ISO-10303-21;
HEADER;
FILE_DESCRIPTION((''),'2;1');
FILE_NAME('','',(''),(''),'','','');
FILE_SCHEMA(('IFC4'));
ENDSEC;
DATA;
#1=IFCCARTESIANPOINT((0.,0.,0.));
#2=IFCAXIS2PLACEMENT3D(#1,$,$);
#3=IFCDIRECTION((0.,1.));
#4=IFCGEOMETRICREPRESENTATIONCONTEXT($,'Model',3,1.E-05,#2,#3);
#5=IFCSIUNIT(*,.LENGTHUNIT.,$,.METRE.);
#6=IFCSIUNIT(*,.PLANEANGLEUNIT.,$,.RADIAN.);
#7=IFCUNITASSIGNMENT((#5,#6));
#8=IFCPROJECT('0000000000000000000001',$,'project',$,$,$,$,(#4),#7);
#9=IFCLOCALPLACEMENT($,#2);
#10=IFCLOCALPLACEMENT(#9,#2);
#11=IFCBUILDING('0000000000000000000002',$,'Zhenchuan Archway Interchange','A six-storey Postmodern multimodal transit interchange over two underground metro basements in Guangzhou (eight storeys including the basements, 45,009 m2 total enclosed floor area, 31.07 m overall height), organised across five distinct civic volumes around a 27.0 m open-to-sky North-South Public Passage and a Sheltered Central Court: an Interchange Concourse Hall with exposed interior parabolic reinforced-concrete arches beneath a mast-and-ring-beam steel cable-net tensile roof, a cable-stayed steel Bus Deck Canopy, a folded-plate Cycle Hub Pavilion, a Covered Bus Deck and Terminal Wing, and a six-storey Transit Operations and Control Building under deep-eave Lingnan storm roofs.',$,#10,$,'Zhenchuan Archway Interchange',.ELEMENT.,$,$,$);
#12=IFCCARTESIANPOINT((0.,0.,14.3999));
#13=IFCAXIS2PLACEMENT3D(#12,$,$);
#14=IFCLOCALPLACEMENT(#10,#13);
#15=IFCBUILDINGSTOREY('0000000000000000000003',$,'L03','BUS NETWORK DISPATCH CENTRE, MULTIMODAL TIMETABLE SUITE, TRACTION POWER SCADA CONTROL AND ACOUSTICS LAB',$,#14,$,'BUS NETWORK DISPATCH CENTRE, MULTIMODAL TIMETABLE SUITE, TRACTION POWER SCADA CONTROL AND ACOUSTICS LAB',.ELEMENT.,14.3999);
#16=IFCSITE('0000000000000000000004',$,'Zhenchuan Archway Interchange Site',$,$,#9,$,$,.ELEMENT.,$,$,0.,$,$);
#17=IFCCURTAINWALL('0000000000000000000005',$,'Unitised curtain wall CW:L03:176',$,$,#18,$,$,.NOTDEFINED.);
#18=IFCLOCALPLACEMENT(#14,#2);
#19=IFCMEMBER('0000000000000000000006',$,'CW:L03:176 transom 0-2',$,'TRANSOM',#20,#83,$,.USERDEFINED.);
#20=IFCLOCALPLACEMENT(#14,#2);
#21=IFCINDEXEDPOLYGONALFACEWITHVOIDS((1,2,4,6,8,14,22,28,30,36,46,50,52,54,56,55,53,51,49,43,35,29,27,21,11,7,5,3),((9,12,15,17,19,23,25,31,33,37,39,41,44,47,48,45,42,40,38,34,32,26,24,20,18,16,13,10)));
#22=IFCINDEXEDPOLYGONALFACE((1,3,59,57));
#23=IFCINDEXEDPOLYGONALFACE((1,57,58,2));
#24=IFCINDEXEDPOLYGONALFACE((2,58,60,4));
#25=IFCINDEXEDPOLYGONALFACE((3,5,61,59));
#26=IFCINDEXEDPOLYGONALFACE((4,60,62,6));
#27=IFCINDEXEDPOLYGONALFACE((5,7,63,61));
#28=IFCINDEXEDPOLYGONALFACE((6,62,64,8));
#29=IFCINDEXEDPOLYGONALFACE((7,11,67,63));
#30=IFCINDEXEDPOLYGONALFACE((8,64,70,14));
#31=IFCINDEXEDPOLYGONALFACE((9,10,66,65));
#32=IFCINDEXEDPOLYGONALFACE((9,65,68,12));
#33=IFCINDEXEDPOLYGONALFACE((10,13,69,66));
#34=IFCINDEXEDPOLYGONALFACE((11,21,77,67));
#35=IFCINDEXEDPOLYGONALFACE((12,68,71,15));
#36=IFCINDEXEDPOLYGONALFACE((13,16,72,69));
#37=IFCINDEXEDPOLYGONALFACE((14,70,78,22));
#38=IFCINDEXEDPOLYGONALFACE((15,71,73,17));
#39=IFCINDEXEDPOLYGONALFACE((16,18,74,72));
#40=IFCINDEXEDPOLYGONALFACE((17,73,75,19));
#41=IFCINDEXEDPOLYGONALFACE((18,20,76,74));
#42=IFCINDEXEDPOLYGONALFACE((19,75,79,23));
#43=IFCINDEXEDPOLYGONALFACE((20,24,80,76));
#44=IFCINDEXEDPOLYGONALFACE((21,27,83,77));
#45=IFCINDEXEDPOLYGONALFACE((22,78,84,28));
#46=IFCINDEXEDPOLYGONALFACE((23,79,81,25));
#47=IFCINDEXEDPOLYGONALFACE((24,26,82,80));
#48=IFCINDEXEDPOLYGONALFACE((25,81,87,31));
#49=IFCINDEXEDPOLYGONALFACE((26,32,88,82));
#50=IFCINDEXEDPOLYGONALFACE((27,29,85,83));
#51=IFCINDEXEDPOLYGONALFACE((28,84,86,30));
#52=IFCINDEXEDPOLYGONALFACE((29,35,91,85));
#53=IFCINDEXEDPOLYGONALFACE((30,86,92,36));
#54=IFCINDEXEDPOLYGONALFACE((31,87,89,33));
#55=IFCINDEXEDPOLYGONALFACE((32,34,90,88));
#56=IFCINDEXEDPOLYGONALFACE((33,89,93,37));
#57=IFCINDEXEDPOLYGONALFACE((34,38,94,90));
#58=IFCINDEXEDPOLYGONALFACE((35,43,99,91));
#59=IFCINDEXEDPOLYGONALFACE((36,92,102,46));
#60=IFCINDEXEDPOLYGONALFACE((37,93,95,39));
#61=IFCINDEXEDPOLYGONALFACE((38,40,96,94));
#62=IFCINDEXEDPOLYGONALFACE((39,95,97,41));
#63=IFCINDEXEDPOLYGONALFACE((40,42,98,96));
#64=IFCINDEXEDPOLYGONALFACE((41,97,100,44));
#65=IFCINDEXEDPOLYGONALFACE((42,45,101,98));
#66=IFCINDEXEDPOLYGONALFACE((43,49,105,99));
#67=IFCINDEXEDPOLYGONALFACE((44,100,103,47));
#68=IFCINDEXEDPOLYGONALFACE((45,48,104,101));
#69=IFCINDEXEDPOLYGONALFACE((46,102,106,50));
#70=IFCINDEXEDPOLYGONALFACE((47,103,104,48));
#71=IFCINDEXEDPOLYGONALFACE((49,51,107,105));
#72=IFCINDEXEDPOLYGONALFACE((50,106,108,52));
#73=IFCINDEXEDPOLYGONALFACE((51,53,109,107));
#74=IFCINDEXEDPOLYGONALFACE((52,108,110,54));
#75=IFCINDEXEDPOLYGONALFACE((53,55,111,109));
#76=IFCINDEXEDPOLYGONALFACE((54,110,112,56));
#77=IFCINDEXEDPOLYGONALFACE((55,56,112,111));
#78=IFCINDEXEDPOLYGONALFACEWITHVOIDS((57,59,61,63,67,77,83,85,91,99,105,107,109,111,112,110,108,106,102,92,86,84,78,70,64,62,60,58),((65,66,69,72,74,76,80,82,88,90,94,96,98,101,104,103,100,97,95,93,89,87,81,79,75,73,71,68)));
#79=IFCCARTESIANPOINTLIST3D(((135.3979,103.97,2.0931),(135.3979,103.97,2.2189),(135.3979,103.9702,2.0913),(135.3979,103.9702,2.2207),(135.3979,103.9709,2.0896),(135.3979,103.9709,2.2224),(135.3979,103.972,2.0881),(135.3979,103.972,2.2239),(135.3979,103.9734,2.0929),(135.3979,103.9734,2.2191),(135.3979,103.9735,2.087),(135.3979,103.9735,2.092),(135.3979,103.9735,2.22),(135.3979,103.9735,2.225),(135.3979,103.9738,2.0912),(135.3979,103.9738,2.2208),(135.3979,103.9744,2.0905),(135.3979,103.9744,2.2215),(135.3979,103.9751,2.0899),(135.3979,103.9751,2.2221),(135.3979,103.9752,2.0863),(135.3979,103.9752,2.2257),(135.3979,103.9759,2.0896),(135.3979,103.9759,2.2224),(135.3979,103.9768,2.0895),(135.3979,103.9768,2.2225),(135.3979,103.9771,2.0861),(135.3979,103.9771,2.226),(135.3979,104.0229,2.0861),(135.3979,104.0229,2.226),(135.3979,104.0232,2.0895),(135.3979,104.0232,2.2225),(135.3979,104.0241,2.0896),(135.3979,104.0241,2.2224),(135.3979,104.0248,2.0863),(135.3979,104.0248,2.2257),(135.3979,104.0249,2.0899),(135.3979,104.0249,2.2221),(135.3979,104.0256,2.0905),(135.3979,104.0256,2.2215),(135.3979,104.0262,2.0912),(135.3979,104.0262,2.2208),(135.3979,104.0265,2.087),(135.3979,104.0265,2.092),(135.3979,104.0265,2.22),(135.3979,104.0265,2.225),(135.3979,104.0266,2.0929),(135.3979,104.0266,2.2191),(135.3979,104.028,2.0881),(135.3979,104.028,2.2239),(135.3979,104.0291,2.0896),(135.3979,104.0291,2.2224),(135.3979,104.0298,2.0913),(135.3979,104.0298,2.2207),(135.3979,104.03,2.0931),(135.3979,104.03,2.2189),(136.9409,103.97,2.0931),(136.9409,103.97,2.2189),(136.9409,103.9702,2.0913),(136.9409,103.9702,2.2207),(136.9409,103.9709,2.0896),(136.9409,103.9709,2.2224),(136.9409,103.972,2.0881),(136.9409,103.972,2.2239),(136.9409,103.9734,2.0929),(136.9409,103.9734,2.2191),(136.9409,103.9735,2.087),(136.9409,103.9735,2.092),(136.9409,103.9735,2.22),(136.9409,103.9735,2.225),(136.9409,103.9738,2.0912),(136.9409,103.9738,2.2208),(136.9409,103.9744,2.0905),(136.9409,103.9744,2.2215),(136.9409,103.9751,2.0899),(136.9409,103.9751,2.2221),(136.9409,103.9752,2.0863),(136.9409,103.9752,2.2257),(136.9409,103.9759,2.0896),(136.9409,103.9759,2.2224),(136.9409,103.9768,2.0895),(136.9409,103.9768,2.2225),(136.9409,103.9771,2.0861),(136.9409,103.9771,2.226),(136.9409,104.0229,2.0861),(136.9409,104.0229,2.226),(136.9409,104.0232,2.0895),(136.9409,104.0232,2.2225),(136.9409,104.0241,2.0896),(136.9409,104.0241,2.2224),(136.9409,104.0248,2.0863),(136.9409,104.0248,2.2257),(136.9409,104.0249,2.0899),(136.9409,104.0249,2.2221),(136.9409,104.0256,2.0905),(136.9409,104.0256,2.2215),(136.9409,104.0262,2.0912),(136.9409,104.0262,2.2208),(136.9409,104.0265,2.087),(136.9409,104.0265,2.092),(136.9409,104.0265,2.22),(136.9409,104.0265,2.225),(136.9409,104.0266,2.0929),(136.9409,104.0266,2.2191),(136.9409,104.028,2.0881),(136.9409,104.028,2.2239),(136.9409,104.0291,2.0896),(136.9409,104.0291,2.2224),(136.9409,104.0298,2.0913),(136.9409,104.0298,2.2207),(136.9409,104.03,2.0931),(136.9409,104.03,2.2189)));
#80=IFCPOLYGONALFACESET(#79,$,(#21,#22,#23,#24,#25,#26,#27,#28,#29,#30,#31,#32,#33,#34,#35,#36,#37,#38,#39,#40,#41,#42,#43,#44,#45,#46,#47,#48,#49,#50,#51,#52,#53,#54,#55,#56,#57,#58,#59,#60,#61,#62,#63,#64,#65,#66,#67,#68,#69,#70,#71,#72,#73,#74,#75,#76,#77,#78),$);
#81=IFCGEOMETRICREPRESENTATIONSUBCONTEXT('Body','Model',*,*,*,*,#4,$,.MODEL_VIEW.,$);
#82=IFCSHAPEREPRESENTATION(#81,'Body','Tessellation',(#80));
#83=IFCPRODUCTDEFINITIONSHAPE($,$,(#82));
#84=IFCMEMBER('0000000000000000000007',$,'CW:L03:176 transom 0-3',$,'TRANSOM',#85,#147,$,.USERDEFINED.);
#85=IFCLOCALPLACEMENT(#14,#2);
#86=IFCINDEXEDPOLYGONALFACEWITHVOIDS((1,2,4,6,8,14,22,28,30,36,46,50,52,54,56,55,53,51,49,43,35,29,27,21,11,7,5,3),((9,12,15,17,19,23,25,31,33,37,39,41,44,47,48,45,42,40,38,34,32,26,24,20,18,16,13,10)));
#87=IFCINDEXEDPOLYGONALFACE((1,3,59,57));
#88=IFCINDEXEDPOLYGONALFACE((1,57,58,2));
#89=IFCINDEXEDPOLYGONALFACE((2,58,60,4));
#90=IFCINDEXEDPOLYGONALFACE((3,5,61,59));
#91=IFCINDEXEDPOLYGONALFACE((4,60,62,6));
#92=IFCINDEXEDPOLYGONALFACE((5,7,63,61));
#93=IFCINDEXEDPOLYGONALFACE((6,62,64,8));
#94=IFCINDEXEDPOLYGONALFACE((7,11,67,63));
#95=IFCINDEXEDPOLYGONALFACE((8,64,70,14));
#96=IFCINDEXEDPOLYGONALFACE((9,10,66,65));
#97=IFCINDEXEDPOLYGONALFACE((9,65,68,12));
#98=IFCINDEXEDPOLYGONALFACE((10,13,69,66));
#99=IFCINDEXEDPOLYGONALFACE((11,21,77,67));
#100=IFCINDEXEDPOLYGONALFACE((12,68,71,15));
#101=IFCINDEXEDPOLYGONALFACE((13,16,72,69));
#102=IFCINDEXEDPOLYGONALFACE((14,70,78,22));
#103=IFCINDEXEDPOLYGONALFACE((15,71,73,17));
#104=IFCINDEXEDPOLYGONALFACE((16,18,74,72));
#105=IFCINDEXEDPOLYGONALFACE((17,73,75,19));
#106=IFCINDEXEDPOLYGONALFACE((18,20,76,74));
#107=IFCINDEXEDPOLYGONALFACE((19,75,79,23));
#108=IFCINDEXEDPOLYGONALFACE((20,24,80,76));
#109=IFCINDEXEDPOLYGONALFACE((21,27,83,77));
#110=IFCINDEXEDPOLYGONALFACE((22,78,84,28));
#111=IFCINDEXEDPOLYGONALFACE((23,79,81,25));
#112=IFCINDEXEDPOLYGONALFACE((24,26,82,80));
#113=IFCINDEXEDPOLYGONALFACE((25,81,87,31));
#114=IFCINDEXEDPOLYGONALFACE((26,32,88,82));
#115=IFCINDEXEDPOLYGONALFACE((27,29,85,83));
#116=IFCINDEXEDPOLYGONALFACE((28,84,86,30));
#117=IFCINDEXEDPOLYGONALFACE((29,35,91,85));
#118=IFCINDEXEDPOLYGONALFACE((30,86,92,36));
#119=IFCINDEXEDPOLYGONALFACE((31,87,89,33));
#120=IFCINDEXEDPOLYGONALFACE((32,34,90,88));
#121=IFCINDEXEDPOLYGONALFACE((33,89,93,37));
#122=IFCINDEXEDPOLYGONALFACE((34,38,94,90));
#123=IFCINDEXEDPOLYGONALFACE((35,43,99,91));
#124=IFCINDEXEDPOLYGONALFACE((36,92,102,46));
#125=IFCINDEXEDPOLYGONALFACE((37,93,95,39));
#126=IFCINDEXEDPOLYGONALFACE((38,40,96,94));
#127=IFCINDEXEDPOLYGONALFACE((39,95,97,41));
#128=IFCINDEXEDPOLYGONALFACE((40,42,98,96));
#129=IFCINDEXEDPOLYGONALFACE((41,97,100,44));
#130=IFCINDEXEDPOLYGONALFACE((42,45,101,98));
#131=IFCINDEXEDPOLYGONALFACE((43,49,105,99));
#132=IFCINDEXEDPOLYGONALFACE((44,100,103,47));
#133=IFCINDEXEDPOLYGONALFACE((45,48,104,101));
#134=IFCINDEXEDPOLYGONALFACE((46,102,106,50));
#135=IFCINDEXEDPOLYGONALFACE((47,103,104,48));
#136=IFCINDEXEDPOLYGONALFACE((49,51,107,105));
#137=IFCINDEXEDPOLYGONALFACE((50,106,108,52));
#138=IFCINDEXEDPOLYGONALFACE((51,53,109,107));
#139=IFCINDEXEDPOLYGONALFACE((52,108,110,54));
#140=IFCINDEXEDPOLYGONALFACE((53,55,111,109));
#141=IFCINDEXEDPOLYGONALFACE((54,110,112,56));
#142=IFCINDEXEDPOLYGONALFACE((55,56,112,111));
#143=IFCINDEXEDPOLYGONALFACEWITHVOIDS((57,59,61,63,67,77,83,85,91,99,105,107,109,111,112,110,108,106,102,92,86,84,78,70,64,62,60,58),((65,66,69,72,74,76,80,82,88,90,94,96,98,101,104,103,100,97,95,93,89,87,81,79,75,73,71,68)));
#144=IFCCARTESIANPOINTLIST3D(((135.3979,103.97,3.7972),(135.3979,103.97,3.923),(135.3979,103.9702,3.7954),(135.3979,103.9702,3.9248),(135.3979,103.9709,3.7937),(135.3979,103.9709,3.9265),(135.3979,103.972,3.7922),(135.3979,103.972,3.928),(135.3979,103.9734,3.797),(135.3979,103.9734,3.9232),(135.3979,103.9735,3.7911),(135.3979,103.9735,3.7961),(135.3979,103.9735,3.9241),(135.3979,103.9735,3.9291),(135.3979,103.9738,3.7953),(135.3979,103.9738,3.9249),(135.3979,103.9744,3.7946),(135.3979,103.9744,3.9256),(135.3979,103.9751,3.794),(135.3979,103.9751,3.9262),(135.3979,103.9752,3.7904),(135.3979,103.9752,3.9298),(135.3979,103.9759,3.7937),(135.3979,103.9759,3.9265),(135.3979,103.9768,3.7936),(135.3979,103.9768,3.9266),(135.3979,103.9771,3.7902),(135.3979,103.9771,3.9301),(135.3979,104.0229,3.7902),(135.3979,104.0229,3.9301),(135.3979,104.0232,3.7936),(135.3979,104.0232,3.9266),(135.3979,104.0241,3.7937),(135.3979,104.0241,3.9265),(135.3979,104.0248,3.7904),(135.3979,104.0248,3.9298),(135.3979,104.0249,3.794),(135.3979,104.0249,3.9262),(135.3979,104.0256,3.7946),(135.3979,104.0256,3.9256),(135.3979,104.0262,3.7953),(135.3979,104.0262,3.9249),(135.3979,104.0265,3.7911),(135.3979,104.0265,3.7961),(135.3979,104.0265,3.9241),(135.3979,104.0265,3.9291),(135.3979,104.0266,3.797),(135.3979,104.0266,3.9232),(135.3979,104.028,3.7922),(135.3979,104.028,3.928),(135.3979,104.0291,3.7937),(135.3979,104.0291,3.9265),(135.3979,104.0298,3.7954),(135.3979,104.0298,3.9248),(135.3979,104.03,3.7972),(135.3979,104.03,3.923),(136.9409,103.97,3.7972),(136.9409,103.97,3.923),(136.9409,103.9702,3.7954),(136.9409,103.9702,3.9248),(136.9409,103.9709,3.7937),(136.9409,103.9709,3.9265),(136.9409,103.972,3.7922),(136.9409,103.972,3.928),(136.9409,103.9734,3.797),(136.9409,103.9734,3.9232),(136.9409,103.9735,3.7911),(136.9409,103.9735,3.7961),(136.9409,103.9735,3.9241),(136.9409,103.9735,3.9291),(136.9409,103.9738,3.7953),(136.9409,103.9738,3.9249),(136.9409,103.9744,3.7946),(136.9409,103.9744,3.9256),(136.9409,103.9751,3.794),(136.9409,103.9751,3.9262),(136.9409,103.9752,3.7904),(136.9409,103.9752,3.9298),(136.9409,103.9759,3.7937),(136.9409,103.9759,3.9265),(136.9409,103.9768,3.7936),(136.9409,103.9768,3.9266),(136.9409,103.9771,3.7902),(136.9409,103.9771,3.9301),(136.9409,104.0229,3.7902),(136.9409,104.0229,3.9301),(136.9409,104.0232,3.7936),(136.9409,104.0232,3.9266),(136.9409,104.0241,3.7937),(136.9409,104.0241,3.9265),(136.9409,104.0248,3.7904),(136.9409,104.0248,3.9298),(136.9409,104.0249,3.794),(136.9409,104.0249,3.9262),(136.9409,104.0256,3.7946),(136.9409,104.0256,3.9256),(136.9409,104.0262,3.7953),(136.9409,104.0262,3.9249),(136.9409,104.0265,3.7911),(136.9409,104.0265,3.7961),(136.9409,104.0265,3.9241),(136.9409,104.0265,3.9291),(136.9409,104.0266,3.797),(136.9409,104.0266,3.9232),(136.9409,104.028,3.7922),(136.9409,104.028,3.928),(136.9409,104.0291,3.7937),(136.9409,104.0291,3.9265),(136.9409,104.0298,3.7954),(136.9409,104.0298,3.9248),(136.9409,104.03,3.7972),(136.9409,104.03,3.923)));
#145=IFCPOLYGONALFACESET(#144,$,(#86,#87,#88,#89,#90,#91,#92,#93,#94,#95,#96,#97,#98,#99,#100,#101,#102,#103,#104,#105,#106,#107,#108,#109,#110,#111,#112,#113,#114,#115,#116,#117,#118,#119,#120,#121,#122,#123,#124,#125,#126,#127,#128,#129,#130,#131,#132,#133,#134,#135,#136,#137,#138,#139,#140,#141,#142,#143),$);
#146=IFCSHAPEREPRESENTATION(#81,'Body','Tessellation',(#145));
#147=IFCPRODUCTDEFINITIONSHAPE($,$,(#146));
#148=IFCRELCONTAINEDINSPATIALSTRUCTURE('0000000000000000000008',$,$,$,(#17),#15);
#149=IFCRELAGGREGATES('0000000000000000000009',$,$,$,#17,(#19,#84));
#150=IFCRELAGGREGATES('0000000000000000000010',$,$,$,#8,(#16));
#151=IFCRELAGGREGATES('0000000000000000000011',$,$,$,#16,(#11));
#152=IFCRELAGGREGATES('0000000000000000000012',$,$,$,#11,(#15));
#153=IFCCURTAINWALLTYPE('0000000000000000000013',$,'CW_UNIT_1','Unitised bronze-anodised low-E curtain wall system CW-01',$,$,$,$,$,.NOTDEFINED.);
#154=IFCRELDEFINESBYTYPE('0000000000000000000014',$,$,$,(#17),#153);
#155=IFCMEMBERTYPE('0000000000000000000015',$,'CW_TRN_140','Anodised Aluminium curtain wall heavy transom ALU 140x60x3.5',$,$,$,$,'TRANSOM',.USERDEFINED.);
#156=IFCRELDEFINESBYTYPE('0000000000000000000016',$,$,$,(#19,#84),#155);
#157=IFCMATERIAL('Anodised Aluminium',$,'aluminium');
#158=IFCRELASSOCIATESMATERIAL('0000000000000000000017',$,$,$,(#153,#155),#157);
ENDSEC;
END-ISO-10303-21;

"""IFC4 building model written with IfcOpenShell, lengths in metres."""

from ifc_helpers import new_model, si_unit, direction, frame, origin, origin_2d, place, context, subcontext, project, spatial, hollow_rectangle, extrude, material, material_profile, profile_set, type_object, element, aggregate, save


model = new_model("IFC4")

# Units and contexts
model_context = context("Model", 3, precision=1e-05, world=origin(), true_north=direction((0.0, 1.0)))
body_context = subcontext(model_context, "Body", "Model", "MODEL_VIEW")
ifc_project = project(units=[si_unit("LENGTHUNIT", "METRE"), si_unit("PLANEANGLEUNIT", "RADIAN")], contexts=[model_context])

# Site, building, storey
site_placement = place(None, origin())
site = spatial("IfcSite", under=ifc_project, at=site_placement, Name="Zhenchuan Archway Interchange Site", CompositionType="ELEMENT", RefElevation=0.0)
building_placement = place(site_placement, origin())
building = spatial("IfcBuilding", under=site, at=building_placement, Name="Zhenchuan Archway Interchange", Description="A six-storey Postmodern multimodal transit interchange over two underground metro basements in Guangzhou (eight storeys including the basements, 45,009 m2 total enclosed floor area, 31.07 m overall height), organised across five distinct civic volumes around a 27.0 m open-to-sky North-South Public Passage and a Sheltered Central Court: an Interchange Concourse Hall with exposed interior parabolic reinforced-concrete arches beneath a mast-and-ring-beam steel cable-net tensile roof, a cable-stayed steel Bus Deck Canopy, a folded-plate Cycle Hub Pavilion, a Covered Bus Deck and Terminal Wing, and a six-storey Transit Operations and Control Building under deep-eave Lingnan storm roofs.", LongName="Zhenchuan Archway Interchange", CompositionType="ELEMENT")
storey_placement = place(building_placement, frame((0.0, 0.0, 14.3999)))
storey = spatial("IfcBuildingStorey", under=building, at=storey_placement, Name="L03", Description="BUS NETWORK DISPATCH CENTRE, MULTIMODAL TIMETABLE SUITE, TRACTION POWER SCADA CONTROL AND ACOUSTICS LAB", LongName="BUS NETWORK DISPATCH CENTRE, MULTIMODAL TIMETABLE SUITE, TRACTION POWER SCADA CONTROL AND ACOUSTICS LAB", CompositionType="ELEMENT", Elevation=14.3999)

# Curtain wall, members
ifc_material_1 = material(Name="Anodised Aluminium", Category="aluminium")
curtain_wall_type = type_object("IfcCurtainWallType", Name="CW_UNIT_1", Description="Unitised bronze-anodised low-E curtain wall system CW-01", PredefinedType="NOTDEFINED", material=ifc_material_1)
curtain_wall_placement = place(storey_placement, origin())
curtain_wall = element("IfcCurtainWall", 1, at=curtain_wall_placement, inside=storey, type_object=curtain_wall_type, Name="Unitised curtain wall CW:L03:176", PredefinedType="NOTDEFINED")
ifc_material_profile_1 = material_profile(ifc_material_1, hollow_rectangle(XDim=0.0601, YDim=0.1399, WallThickness=0.0034, InnerFilletRadius=0.0034, OuterFilletRadius=0.0071, at=origin_2d()), Name="ALU 140x60x3.5")
ifc_profile_set_1 = profile_set([ifc_material_profile_1], Name="Anodised Aluminium")
member_type_1 = type_object("IfcMemberType", Name="CW_TRN_140", Description="Anodised Aluminium curtain wall heavy transom ALU 140x60x3.5", ElementType="TRANSOM", PredefinedType="USERDEFINED", material=ifc_profile_set_1)
member_1_placement = place(storey_placement, frame((135.3979, 104.0, 2.156), z_axis=(1.0, 0.0, 0.0), x_axis=(0.0, 1.0, 0.0)))
member_1 = element("IfcMember", 2, at=member_1_placement, type_object=member_type_1, Name="CW:L03:176 transom 0-2", ObjectType="TRANSOM", PredefinedType="USERDEFINED", context=body_context, shape_type="SweptSolid", body=[
    extrude(hollow_rectangle(XDim=0.0601, YDim=0.1399, WallThickness=0.0034, InnerFilletRadius=0.0034, OuterFilletRadius=0.0071, at=origin_2d()), origin(), (0.0, 0.0, 1.0), 1.543),
])
member_2_placement = place(storey_placement, frame((135.3979, 104.0, 3.8601), z_axis=(1.0, 0.0, 0.0), x_axis=(0.0, 1.0, 0.0)))
member_2 = element("IfcMember", 3, at=member_2_placement, type_object=member_type_1, Name="CW:L03:176 transom 0-3", ObjectType="TRANSOM", PredefinedType="USERDEFINED", context=body_context, shape_type="SweptSolid", body=[
    extrude(hollow_rectangle(XDim=0.0601, YDim=0.1399, WallThickness=0.0034, InnerFilletRadius=0.0034, OuterFilletRadius=0.0071, at=origin_2d()), origin(), (0.0, 0.0, 1.0), 1.543),
])

aggregate(curtain_wall, [member_1, member_2])

save(model, "model.ifc")
